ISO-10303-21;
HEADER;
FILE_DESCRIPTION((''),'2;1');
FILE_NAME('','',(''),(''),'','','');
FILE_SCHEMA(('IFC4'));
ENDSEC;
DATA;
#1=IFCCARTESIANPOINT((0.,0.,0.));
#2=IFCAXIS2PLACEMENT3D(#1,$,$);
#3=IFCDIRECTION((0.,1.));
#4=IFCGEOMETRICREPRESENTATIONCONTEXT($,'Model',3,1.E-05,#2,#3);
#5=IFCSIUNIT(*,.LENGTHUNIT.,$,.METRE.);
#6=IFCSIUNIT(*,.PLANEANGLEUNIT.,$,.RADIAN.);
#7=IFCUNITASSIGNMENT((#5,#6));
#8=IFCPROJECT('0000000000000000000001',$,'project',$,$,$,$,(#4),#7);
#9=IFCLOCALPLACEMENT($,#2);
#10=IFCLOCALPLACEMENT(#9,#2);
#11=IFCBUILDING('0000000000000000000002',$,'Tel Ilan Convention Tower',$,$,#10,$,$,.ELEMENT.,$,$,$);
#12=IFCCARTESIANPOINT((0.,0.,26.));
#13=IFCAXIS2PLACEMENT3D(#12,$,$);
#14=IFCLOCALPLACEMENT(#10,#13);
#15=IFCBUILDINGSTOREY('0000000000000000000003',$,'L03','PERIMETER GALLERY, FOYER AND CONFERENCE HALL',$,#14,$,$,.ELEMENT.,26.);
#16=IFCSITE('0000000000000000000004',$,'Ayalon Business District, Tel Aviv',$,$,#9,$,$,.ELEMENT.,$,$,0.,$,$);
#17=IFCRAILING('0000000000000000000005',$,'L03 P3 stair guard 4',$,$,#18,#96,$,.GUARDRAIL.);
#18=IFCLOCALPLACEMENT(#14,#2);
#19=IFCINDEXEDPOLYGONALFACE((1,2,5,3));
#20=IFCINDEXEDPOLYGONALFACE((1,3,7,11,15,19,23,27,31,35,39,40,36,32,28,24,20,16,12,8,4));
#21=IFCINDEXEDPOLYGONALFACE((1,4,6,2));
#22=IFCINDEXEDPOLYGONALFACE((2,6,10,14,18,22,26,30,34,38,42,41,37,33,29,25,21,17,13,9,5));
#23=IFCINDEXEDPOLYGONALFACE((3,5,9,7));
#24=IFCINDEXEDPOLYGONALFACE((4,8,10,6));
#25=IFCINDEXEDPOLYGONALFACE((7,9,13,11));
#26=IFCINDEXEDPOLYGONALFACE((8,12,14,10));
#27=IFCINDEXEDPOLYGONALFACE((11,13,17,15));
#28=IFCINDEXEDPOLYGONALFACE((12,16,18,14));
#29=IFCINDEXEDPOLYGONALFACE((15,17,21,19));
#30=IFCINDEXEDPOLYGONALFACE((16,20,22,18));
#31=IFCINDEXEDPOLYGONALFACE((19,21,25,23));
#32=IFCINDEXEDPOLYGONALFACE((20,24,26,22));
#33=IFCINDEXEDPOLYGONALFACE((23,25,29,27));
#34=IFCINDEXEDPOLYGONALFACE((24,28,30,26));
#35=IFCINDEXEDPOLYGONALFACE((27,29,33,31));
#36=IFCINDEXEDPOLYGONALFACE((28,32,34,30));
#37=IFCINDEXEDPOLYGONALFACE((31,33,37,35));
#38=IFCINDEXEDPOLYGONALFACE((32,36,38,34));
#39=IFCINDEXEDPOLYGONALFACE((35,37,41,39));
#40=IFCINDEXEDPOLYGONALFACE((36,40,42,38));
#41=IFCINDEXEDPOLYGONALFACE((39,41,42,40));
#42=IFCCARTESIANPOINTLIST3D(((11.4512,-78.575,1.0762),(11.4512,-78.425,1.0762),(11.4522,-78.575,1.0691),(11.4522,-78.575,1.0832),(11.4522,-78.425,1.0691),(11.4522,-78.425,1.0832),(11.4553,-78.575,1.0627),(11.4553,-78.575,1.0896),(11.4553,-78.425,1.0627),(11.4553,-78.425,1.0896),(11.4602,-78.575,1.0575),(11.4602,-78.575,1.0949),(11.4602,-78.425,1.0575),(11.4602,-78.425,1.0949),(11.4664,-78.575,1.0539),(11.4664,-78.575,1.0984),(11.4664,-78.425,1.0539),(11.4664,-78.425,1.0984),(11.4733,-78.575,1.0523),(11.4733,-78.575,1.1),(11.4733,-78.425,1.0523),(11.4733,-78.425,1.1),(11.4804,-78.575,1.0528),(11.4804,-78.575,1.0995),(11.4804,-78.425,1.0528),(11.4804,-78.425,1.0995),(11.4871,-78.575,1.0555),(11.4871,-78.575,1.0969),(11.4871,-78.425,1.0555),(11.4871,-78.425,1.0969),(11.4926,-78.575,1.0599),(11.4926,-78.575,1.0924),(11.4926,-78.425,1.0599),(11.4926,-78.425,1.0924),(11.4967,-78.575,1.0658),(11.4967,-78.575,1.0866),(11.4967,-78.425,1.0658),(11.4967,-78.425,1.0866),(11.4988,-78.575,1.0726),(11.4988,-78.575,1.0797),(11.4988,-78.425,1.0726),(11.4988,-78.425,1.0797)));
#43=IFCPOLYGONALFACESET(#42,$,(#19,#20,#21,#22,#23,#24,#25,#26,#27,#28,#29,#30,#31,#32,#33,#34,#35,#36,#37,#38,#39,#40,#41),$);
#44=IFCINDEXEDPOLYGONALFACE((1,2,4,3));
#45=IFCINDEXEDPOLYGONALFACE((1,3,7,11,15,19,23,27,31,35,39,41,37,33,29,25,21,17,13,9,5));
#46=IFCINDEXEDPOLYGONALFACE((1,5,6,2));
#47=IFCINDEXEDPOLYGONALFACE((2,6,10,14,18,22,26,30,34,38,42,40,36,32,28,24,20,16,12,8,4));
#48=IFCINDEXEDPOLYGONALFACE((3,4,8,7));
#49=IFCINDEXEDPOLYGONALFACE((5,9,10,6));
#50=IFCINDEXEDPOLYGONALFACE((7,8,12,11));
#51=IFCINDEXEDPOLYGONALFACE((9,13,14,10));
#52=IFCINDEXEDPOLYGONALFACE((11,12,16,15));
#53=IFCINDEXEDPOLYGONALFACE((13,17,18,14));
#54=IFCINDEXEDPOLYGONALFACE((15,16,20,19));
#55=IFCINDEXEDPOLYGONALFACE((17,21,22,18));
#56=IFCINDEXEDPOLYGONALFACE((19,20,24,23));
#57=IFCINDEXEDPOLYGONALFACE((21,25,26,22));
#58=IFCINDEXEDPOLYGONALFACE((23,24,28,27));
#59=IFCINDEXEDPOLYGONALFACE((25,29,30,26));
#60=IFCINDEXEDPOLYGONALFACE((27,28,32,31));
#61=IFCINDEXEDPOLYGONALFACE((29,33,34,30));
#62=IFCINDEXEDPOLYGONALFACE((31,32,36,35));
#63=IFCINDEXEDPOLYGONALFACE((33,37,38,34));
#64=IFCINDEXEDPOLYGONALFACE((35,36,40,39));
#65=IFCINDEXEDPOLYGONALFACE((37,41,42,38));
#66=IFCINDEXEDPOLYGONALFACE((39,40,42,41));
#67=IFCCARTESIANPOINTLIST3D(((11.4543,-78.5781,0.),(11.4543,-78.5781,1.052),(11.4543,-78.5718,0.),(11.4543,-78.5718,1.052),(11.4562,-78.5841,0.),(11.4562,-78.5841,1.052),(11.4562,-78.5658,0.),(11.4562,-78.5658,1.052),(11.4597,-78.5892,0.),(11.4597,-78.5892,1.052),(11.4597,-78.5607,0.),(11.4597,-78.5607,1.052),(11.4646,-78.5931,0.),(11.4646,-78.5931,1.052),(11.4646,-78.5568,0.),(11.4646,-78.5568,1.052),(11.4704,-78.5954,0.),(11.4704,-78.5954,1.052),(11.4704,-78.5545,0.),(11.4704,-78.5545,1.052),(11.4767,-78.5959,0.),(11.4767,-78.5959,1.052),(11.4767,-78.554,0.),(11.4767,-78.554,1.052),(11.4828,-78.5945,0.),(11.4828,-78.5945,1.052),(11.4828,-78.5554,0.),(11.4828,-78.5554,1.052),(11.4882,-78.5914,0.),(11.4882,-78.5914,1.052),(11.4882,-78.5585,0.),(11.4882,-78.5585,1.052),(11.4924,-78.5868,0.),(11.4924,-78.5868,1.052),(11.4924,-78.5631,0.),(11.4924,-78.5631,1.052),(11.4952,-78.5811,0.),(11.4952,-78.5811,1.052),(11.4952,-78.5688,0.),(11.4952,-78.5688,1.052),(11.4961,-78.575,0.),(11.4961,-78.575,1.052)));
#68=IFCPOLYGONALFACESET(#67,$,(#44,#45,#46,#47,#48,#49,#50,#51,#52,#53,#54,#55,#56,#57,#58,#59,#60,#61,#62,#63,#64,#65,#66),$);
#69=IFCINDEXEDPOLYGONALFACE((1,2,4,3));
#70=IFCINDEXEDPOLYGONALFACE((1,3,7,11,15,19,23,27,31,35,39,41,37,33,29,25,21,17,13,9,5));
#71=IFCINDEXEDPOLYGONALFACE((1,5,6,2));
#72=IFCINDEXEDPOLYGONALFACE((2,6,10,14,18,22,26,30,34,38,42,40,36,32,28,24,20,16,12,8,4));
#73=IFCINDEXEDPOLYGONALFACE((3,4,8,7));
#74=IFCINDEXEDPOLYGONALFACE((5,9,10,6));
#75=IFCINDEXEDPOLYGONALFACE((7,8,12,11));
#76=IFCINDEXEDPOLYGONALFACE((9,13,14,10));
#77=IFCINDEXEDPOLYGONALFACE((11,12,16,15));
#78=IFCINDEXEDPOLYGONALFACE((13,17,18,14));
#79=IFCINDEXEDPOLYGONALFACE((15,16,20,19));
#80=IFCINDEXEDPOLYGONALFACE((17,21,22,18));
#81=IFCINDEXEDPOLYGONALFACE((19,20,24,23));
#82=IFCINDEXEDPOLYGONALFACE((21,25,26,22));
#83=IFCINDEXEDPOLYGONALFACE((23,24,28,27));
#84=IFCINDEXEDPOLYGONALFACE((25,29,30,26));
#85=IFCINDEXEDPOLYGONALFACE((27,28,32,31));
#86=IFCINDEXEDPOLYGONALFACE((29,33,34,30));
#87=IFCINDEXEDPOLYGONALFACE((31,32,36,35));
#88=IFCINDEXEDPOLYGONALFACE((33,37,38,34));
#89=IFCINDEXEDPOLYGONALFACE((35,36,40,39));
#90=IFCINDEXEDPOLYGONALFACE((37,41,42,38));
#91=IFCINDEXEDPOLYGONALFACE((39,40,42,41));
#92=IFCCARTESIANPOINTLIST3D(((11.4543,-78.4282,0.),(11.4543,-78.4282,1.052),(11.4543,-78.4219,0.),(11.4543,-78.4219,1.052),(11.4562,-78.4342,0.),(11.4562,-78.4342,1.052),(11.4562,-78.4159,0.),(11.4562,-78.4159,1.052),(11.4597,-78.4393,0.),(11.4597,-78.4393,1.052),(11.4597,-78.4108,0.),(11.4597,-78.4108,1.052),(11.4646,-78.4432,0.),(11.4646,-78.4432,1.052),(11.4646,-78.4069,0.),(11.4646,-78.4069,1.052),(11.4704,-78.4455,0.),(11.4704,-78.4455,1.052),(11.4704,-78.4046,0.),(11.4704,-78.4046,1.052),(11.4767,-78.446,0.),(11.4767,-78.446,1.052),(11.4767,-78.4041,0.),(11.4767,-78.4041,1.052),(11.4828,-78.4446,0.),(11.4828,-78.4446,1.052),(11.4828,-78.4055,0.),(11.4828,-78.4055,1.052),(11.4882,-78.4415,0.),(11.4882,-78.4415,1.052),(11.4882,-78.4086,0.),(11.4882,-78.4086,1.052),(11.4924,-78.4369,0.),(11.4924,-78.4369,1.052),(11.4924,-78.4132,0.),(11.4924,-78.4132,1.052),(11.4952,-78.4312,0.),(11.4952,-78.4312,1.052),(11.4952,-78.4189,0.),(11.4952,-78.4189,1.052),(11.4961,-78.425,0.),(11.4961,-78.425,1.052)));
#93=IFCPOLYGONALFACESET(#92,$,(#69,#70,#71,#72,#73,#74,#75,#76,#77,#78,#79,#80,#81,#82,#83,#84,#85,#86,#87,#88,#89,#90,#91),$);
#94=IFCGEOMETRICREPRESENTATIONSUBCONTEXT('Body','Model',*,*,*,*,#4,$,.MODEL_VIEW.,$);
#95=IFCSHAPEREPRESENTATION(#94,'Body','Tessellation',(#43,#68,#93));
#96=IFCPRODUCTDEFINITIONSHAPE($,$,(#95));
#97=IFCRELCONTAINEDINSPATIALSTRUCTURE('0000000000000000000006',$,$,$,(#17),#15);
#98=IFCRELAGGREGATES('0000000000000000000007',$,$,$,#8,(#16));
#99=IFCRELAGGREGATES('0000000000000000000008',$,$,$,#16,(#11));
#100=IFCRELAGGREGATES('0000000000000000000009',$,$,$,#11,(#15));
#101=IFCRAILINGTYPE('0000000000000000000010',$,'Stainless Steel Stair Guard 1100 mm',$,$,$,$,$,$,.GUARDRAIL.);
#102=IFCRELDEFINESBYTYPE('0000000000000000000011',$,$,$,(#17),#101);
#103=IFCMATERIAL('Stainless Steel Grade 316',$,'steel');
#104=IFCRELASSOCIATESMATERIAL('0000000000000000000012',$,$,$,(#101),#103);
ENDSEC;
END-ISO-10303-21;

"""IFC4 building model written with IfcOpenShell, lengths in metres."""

from ifc_helpers import new_model, si_unit, direction, frame, origin, origin_2d, place, context, subcontext, project, spatial, circle, extrude, material, type_object, element, save


model = new_model("IFC4")

# Units and contexts
model_context = context("Model", 3, precision=1e-05, world=origin(), true_north=direction((0.0, 1.0)))
body_context = subcontext(model_context, "Body", "Model", "MODEL_VIEW")
ifc_project = project(units=[si_unit("LENGTHUNIT", "METRE"), si_unit("PLANEANGLEUNIT", "RADIAN")], contexts=[model_context])

# Site, building, storey
site_placement = place(None, origin())
site = spatial("IfcSite", under=ifc_project, at=site_placement, Name="Ayalon Business District, Tel Aviv", CompositionType="ELEMENT", RefElevation=0.0)
building_placement = place(site_placement, origin())
building = spatial("IfcBuilding", under=site, at=building_placement, Name="Tel Ilan Convention Tower", CompositionType="ELEMENT")
storey_placement = place(building_placement, frame((0.0, 0.0, 26.0)))
storey = spatial("IfcBuildingStorey", under=building, at=storey_placement, Name="L03", Description="PERIMETER GALLERY, FOYER AND CONFERENCE HALL", CompositionType="ELEMENT", Elevation=26.0)

# Railing
ifc_material_1 = material(Name="Stainless Steel Grade 316", Category="steel")
railing_type_1 = type_object("IfcRailingType", Name="Stainless Steel Stair Guard 1100 mm", PredefinedType="GUARDRAIL", material=ifc_material_1)
railing_1_placement = place(storey_placement, frame((11.4751, -78.575, 0.0)))
element("IfcRailing", 1, at=railing_1_placement, inside=storey, type_object=railing_type_1, Name="L03 P3 stair guard 4", PredefinedType="GUARDRAIL", context=body_context, shape_type="SweptSolid", body=[
    extrude(circle(Radius=0.0239, at=origin_2d()), frame((0.0, 0.0, 1.0762), z_axis=(0.0, 1.0, 0.0), x_axis=(-1.0, 0.0, 0.0)), (0.0, 0.0, 1.0), 0.1499),
    extrude(circle(Radius=0.021, at=origin_2d()), origin(), (0.0, 0.0, 1.0), 1.052),
    extrude(circle(Radius=0.021, at=origin_2d()), frame((0.0, 0.1499, 0.0)), (0.0, 0.0, 1.0), 1.052),
])

save(model, "model.ifc")
